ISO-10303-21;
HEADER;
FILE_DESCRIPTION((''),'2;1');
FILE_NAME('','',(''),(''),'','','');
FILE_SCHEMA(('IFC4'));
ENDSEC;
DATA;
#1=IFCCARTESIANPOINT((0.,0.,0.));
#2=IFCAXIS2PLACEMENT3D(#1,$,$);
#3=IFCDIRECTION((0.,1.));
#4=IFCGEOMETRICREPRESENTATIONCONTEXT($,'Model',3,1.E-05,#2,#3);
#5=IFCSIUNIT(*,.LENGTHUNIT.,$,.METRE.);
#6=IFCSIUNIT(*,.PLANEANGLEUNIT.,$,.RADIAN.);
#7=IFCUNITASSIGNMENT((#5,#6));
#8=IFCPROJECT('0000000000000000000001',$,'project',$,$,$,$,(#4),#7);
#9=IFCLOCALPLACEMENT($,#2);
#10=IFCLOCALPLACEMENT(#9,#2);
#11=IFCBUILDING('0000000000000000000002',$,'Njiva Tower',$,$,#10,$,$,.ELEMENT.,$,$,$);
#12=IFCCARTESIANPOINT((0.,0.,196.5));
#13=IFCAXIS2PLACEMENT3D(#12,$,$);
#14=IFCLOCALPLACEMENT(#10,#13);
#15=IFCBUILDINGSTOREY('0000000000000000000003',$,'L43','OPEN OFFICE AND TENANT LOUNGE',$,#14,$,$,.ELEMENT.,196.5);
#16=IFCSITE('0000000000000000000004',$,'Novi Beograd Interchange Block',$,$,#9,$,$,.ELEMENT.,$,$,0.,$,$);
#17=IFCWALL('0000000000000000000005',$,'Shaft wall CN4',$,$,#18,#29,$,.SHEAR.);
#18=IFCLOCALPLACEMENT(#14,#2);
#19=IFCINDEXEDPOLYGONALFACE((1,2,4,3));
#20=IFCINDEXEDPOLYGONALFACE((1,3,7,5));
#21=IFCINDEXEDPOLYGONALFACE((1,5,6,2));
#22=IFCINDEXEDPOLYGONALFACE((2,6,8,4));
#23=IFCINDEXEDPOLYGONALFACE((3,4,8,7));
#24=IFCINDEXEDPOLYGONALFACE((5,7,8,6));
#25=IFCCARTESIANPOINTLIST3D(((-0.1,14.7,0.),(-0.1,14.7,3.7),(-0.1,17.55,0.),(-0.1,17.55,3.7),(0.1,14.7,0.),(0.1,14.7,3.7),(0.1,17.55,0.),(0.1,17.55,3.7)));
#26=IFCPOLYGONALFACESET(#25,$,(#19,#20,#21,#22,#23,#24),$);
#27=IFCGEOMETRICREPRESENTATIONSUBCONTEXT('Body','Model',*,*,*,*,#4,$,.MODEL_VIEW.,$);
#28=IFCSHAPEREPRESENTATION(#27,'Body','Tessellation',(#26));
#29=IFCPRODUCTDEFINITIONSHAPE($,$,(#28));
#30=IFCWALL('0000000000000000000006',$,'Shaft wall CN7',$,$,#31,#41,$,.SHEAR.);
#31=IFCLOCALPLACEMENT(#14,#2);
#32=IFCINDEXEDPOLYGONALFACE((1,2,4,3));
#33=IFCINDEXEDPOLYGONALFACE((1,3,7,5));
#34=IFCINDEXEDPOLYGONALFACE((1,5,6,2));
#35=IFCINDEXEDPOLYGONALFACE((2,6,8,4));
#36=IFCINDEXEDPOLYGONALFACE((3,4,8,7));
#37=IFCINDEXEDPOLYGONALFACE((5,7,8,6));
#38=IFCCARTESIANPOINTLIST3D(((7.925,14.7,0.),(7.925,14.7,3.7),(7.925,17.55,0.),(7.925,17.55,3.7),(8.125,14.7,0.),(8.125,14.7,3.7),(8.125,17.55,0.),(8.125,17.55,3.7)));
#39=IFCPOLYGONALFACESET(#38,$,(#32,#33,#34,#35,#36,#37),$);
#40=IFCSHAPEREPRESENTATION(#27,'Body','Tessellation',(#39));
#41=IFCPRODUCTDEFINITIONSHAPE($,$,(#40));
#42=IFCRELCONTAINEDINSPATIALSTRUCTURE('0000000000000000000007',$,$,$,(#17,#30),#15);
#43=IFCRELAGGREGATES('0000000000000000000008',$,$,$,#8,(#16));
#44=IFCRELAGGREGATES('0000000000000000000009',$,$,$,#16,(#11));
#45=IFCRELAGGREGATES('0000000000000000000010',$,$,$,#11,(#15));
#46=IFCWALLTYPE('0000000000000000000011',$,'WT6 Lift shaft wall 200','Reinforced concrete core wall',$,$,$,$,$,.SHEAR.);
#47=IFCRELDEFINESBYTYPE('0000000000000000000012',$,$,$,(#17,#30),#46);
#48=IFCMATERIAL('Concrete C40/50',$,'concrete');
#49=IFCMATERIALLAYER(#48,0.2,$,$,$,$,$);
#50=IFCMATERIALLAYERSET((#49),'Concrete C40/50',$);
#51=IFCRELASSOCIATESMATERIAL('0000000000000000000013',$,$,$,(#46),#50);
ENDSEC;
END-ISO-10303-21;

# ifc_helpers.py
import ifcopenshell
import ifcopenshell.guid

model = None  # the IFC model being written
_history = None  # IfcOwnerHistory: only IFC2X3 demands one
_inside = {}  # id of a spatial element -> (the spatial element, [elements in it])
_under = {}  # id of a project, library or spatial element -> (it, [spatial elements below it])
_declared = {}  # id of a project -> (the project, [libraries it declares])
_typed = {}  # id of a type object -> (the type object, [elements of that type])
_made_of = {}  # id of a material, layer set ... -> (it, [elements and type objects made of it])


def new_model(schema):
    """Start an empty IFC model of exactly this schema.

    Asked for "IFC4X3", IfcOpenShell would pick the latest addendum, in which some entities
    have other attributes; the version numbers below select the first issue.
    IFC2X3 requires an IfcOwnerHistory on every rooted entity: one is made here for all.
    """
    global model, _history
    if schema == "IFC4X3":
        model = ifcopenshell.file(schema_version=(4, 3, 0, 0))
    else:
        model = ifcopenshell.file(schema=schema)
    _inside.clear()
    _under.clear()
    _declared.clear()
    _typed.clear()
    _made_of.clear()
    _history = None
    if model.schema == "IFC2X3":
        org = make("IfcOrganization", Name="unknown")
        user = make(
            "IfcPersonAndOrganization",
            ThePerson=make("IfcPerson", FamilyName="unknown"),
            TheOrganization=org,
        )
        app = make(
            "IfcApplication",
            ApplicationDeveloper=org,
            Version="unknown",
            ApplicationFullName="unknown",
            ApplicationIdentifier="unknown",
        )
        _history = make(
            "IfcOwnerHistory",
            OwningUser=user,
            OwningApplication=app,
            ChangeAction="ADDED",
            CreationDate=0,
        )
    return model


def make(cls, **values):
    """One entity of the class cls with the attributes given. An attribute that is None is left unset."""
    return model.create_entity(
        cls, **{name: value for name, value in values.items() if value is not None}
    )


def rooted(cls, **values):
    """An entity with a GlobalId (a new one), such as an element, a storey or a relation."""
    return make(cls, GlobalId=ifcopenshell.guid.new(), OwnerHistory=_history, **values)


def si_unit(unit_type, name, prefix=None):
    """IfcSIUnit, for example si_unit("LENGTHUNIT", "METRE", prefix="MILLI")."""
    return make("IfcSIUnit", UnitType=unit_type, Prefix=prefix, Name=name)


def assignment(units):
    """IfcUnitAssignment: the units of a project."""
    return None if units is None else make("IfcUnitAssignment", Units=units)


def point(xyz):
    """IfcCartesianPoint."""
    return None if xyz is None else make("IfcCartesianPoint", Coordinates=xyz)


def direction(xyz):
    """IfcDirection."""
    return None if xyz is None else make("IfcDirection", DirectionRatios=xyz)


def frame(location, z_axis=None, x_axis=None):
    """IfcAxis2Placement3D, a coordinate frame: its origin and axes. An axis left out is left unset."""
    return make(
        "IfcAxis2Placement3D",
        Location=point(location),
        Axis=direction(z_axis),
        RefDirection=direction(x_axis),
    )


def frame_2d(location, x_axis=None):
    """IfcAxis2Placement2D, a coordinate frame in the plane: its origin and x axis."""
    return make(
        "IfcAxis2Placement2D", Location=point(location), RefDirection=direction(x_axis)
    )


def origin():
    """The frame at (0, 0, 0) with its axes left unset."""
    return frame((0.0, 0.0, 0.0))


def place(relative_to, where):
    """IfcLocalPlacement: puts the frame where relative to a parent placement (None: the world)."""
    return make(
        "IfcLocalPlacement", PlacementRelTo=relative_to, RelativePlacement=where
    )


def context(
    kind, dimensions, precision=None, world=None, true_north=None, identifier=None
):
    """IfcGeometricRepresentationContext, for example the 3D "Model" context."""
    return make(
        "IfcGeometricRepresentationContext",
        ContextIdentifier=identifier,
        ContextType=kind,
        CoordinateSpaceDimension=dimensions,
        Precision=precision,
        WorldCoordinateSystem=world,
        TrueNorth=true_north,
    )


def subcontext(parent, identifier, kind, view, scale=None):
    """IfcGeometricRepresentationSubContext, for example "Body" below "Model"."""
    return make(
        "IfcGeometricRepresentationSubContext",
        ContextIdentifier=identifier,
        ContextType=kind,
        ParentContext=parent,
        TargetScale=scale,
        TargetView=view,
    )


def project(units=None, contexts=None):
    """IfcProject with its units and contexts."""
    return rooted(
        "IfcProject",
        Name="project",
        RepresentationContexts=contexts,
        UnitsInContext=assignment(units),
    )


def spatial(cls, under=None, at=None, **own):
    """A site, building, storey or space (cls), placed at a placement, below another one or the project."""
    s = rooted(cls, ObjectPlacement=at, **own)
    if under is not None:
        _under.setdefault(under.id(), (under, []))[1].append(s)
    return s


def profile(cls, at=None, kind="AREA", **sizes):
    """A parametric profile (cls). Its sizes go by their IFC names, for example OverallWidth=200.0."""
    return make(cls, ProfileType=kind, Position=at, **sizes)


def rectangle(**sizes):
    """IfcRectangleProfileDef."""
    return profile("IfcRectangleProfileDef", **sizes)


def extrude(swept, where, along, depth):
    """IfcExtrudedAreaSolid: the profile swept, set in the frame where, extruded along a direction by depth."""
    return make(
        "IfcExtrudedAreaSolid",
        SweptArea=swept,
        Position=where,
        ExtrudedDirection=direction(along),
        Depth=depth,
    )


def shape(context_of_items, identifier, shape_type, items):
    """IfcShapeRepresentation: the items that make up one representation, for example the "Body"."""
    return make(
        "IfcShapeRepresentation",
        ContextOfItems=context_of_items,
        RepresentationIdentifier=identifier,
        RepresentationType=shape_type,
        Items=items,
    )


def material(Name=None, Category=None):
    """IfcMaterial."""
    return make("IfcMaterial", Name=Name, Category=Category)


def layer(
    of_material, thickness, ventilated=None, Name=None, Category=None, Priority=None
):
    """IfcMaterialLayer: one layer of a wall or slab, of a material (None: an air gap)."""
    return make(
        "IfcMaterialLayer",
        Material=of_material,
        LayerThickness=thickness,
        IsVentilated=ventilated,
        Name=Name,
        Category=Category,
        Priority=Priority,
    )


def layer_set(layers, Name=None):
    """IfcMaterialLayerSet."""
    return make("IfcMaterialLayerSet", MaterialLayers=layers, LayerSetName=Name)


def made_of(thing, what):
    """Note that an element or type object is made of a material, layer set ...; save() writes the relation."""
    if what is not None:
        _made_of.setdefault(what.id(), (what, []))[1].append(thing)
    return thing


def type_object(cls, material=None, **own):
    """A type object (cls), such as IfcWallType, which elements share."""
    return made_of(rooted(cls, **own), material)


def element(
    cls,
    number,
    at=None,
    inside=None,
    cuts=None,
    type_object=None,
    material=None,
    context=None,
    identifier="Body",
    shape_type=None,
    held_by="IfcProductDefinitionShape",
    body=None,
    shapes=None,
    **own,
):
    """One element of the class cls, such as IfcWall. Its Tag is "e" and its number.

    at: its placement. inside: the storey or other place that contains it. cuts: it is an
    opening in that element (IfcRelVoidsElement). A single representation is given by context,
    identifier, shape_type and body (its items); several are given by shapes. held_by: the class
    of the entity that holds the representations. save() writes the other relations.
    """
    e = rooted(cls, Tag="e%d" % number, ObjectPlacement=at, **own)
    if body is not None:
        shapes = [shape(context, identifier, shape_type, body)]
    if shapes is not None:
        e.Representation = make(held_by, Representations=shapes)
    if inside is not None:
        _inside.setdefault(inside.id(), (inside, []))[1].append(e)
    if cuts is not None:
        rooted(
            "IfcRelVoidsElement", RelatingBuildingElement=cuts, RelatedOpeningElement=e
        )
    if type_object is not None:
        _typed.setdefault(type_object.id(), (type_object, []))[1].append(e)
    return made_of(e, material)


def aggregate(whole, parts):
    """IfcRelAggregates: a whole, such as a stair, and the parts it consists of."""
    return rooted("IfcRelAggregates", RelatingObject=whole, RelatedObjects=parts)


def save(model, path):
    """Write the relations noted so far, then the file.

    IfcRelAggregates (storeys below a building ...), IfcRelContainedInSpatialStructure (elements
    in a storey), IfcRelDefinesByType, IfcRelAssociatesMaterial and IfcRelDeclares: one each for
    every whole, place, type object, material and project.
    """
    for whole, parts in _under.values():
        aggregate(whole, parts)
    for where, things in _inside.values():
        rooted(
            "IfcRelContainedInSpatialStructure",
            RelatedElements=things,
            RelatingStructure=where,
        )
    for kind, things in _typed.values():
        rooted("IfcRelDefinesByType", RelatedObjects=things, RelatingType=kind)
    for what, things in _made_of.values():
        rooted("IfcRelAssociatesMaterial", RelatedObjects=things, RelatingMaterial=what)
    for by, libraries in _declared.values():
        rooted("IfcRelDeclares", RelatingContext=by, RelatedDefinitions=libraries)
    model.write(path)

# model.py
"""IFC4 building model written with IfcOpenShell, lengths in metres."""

from ifc_helpers import new_model, si_unit, direction, frame, frame_2d, origin, place, context, subcontext, project, spatial, rectangle, extrude, material, layer, layer_set, type_object, element, save


model = new_model("IFC4")

# Units and contexts
model_context = context("Model", 3, precision=1e-05, world=origin(), true_north=direction((0.0, 1.0)))
body_context = subcontext(model_context, "Body", "Model", "MODEL_VIEW")
ifc_project = project(units=[si_unit("LENGTHUNIT", "METRE"), si_unit("PLANEANGLEUNIT", "RADIAN")], contexts=[model_context])

# Site, building, storey
site_placement = place(None, origin())
site = spatial("IfcSite", under=ifc_project, at=site_placement, Name="Novi Beograd Interchange Block", CompositionType="ELEMENT", RefElevation=0.0)
building_placement = place(site_placement, origin())
building = spatial("IfcBuilding", under=site, at=building_placement, Name="Njiva Tower", CompositionType="ELEMENT")
storey_placement = place(building_placement, frame((0.0, 0.0, 196.5)))
storey = spatial("IfcBuildingStorey", under=building, at=storey_placement, Name="L43", Description="OPEN OFFICE AND TENANT LOUNGE", CompositionType="ELEMENT", Elevation=196.5)

# Walls
ifc_material_1 = material(Name="Concrete C40/50", Category="concrete")
ifc_layer_1 = layer(ifc_material_1, 0.2)
ifc_layer_set_1 = layer_set([ifc_layer_1], Name="Concrete C40/50")
wall_type_1 = type_object("IfcWallType", Name="WT6 Lift shaft wall 200", Description="Reinforced concrete core wall", PredefinedType="SHEAR", material=ifc_layer_set_1)
for number, where, z_axis, x_axis, name in (
    (1, (0.0, 14.7, 0.0), (0.0, 0.0, 1.0), (0.0, 1.0, 0.0), "Shaft wall CN4"),
    (2, (8.025, 14.7, 0.0), (0.0, 0.0, 1.0), (0.0, 1.0, 0.0), "Shaft wall CN7"),
):
    element("IfcWall", number, at=place(storey_placement, frame(where, z_axis=z_axis, x_axis=x_axis)), inside=storey, type_object=wall_type_1, Name=name, PredefinedType="SHEAR", context=body_context, shape_type="SweptSolid", body=[
        extrude(rectangle(XDim=2.85, YDim=0.2, at=frame_2d((1.425, 0.0))), origin(), (0.0, 0.0, 1.0), 3.7),
    ])

save(model, "model.ifc")
